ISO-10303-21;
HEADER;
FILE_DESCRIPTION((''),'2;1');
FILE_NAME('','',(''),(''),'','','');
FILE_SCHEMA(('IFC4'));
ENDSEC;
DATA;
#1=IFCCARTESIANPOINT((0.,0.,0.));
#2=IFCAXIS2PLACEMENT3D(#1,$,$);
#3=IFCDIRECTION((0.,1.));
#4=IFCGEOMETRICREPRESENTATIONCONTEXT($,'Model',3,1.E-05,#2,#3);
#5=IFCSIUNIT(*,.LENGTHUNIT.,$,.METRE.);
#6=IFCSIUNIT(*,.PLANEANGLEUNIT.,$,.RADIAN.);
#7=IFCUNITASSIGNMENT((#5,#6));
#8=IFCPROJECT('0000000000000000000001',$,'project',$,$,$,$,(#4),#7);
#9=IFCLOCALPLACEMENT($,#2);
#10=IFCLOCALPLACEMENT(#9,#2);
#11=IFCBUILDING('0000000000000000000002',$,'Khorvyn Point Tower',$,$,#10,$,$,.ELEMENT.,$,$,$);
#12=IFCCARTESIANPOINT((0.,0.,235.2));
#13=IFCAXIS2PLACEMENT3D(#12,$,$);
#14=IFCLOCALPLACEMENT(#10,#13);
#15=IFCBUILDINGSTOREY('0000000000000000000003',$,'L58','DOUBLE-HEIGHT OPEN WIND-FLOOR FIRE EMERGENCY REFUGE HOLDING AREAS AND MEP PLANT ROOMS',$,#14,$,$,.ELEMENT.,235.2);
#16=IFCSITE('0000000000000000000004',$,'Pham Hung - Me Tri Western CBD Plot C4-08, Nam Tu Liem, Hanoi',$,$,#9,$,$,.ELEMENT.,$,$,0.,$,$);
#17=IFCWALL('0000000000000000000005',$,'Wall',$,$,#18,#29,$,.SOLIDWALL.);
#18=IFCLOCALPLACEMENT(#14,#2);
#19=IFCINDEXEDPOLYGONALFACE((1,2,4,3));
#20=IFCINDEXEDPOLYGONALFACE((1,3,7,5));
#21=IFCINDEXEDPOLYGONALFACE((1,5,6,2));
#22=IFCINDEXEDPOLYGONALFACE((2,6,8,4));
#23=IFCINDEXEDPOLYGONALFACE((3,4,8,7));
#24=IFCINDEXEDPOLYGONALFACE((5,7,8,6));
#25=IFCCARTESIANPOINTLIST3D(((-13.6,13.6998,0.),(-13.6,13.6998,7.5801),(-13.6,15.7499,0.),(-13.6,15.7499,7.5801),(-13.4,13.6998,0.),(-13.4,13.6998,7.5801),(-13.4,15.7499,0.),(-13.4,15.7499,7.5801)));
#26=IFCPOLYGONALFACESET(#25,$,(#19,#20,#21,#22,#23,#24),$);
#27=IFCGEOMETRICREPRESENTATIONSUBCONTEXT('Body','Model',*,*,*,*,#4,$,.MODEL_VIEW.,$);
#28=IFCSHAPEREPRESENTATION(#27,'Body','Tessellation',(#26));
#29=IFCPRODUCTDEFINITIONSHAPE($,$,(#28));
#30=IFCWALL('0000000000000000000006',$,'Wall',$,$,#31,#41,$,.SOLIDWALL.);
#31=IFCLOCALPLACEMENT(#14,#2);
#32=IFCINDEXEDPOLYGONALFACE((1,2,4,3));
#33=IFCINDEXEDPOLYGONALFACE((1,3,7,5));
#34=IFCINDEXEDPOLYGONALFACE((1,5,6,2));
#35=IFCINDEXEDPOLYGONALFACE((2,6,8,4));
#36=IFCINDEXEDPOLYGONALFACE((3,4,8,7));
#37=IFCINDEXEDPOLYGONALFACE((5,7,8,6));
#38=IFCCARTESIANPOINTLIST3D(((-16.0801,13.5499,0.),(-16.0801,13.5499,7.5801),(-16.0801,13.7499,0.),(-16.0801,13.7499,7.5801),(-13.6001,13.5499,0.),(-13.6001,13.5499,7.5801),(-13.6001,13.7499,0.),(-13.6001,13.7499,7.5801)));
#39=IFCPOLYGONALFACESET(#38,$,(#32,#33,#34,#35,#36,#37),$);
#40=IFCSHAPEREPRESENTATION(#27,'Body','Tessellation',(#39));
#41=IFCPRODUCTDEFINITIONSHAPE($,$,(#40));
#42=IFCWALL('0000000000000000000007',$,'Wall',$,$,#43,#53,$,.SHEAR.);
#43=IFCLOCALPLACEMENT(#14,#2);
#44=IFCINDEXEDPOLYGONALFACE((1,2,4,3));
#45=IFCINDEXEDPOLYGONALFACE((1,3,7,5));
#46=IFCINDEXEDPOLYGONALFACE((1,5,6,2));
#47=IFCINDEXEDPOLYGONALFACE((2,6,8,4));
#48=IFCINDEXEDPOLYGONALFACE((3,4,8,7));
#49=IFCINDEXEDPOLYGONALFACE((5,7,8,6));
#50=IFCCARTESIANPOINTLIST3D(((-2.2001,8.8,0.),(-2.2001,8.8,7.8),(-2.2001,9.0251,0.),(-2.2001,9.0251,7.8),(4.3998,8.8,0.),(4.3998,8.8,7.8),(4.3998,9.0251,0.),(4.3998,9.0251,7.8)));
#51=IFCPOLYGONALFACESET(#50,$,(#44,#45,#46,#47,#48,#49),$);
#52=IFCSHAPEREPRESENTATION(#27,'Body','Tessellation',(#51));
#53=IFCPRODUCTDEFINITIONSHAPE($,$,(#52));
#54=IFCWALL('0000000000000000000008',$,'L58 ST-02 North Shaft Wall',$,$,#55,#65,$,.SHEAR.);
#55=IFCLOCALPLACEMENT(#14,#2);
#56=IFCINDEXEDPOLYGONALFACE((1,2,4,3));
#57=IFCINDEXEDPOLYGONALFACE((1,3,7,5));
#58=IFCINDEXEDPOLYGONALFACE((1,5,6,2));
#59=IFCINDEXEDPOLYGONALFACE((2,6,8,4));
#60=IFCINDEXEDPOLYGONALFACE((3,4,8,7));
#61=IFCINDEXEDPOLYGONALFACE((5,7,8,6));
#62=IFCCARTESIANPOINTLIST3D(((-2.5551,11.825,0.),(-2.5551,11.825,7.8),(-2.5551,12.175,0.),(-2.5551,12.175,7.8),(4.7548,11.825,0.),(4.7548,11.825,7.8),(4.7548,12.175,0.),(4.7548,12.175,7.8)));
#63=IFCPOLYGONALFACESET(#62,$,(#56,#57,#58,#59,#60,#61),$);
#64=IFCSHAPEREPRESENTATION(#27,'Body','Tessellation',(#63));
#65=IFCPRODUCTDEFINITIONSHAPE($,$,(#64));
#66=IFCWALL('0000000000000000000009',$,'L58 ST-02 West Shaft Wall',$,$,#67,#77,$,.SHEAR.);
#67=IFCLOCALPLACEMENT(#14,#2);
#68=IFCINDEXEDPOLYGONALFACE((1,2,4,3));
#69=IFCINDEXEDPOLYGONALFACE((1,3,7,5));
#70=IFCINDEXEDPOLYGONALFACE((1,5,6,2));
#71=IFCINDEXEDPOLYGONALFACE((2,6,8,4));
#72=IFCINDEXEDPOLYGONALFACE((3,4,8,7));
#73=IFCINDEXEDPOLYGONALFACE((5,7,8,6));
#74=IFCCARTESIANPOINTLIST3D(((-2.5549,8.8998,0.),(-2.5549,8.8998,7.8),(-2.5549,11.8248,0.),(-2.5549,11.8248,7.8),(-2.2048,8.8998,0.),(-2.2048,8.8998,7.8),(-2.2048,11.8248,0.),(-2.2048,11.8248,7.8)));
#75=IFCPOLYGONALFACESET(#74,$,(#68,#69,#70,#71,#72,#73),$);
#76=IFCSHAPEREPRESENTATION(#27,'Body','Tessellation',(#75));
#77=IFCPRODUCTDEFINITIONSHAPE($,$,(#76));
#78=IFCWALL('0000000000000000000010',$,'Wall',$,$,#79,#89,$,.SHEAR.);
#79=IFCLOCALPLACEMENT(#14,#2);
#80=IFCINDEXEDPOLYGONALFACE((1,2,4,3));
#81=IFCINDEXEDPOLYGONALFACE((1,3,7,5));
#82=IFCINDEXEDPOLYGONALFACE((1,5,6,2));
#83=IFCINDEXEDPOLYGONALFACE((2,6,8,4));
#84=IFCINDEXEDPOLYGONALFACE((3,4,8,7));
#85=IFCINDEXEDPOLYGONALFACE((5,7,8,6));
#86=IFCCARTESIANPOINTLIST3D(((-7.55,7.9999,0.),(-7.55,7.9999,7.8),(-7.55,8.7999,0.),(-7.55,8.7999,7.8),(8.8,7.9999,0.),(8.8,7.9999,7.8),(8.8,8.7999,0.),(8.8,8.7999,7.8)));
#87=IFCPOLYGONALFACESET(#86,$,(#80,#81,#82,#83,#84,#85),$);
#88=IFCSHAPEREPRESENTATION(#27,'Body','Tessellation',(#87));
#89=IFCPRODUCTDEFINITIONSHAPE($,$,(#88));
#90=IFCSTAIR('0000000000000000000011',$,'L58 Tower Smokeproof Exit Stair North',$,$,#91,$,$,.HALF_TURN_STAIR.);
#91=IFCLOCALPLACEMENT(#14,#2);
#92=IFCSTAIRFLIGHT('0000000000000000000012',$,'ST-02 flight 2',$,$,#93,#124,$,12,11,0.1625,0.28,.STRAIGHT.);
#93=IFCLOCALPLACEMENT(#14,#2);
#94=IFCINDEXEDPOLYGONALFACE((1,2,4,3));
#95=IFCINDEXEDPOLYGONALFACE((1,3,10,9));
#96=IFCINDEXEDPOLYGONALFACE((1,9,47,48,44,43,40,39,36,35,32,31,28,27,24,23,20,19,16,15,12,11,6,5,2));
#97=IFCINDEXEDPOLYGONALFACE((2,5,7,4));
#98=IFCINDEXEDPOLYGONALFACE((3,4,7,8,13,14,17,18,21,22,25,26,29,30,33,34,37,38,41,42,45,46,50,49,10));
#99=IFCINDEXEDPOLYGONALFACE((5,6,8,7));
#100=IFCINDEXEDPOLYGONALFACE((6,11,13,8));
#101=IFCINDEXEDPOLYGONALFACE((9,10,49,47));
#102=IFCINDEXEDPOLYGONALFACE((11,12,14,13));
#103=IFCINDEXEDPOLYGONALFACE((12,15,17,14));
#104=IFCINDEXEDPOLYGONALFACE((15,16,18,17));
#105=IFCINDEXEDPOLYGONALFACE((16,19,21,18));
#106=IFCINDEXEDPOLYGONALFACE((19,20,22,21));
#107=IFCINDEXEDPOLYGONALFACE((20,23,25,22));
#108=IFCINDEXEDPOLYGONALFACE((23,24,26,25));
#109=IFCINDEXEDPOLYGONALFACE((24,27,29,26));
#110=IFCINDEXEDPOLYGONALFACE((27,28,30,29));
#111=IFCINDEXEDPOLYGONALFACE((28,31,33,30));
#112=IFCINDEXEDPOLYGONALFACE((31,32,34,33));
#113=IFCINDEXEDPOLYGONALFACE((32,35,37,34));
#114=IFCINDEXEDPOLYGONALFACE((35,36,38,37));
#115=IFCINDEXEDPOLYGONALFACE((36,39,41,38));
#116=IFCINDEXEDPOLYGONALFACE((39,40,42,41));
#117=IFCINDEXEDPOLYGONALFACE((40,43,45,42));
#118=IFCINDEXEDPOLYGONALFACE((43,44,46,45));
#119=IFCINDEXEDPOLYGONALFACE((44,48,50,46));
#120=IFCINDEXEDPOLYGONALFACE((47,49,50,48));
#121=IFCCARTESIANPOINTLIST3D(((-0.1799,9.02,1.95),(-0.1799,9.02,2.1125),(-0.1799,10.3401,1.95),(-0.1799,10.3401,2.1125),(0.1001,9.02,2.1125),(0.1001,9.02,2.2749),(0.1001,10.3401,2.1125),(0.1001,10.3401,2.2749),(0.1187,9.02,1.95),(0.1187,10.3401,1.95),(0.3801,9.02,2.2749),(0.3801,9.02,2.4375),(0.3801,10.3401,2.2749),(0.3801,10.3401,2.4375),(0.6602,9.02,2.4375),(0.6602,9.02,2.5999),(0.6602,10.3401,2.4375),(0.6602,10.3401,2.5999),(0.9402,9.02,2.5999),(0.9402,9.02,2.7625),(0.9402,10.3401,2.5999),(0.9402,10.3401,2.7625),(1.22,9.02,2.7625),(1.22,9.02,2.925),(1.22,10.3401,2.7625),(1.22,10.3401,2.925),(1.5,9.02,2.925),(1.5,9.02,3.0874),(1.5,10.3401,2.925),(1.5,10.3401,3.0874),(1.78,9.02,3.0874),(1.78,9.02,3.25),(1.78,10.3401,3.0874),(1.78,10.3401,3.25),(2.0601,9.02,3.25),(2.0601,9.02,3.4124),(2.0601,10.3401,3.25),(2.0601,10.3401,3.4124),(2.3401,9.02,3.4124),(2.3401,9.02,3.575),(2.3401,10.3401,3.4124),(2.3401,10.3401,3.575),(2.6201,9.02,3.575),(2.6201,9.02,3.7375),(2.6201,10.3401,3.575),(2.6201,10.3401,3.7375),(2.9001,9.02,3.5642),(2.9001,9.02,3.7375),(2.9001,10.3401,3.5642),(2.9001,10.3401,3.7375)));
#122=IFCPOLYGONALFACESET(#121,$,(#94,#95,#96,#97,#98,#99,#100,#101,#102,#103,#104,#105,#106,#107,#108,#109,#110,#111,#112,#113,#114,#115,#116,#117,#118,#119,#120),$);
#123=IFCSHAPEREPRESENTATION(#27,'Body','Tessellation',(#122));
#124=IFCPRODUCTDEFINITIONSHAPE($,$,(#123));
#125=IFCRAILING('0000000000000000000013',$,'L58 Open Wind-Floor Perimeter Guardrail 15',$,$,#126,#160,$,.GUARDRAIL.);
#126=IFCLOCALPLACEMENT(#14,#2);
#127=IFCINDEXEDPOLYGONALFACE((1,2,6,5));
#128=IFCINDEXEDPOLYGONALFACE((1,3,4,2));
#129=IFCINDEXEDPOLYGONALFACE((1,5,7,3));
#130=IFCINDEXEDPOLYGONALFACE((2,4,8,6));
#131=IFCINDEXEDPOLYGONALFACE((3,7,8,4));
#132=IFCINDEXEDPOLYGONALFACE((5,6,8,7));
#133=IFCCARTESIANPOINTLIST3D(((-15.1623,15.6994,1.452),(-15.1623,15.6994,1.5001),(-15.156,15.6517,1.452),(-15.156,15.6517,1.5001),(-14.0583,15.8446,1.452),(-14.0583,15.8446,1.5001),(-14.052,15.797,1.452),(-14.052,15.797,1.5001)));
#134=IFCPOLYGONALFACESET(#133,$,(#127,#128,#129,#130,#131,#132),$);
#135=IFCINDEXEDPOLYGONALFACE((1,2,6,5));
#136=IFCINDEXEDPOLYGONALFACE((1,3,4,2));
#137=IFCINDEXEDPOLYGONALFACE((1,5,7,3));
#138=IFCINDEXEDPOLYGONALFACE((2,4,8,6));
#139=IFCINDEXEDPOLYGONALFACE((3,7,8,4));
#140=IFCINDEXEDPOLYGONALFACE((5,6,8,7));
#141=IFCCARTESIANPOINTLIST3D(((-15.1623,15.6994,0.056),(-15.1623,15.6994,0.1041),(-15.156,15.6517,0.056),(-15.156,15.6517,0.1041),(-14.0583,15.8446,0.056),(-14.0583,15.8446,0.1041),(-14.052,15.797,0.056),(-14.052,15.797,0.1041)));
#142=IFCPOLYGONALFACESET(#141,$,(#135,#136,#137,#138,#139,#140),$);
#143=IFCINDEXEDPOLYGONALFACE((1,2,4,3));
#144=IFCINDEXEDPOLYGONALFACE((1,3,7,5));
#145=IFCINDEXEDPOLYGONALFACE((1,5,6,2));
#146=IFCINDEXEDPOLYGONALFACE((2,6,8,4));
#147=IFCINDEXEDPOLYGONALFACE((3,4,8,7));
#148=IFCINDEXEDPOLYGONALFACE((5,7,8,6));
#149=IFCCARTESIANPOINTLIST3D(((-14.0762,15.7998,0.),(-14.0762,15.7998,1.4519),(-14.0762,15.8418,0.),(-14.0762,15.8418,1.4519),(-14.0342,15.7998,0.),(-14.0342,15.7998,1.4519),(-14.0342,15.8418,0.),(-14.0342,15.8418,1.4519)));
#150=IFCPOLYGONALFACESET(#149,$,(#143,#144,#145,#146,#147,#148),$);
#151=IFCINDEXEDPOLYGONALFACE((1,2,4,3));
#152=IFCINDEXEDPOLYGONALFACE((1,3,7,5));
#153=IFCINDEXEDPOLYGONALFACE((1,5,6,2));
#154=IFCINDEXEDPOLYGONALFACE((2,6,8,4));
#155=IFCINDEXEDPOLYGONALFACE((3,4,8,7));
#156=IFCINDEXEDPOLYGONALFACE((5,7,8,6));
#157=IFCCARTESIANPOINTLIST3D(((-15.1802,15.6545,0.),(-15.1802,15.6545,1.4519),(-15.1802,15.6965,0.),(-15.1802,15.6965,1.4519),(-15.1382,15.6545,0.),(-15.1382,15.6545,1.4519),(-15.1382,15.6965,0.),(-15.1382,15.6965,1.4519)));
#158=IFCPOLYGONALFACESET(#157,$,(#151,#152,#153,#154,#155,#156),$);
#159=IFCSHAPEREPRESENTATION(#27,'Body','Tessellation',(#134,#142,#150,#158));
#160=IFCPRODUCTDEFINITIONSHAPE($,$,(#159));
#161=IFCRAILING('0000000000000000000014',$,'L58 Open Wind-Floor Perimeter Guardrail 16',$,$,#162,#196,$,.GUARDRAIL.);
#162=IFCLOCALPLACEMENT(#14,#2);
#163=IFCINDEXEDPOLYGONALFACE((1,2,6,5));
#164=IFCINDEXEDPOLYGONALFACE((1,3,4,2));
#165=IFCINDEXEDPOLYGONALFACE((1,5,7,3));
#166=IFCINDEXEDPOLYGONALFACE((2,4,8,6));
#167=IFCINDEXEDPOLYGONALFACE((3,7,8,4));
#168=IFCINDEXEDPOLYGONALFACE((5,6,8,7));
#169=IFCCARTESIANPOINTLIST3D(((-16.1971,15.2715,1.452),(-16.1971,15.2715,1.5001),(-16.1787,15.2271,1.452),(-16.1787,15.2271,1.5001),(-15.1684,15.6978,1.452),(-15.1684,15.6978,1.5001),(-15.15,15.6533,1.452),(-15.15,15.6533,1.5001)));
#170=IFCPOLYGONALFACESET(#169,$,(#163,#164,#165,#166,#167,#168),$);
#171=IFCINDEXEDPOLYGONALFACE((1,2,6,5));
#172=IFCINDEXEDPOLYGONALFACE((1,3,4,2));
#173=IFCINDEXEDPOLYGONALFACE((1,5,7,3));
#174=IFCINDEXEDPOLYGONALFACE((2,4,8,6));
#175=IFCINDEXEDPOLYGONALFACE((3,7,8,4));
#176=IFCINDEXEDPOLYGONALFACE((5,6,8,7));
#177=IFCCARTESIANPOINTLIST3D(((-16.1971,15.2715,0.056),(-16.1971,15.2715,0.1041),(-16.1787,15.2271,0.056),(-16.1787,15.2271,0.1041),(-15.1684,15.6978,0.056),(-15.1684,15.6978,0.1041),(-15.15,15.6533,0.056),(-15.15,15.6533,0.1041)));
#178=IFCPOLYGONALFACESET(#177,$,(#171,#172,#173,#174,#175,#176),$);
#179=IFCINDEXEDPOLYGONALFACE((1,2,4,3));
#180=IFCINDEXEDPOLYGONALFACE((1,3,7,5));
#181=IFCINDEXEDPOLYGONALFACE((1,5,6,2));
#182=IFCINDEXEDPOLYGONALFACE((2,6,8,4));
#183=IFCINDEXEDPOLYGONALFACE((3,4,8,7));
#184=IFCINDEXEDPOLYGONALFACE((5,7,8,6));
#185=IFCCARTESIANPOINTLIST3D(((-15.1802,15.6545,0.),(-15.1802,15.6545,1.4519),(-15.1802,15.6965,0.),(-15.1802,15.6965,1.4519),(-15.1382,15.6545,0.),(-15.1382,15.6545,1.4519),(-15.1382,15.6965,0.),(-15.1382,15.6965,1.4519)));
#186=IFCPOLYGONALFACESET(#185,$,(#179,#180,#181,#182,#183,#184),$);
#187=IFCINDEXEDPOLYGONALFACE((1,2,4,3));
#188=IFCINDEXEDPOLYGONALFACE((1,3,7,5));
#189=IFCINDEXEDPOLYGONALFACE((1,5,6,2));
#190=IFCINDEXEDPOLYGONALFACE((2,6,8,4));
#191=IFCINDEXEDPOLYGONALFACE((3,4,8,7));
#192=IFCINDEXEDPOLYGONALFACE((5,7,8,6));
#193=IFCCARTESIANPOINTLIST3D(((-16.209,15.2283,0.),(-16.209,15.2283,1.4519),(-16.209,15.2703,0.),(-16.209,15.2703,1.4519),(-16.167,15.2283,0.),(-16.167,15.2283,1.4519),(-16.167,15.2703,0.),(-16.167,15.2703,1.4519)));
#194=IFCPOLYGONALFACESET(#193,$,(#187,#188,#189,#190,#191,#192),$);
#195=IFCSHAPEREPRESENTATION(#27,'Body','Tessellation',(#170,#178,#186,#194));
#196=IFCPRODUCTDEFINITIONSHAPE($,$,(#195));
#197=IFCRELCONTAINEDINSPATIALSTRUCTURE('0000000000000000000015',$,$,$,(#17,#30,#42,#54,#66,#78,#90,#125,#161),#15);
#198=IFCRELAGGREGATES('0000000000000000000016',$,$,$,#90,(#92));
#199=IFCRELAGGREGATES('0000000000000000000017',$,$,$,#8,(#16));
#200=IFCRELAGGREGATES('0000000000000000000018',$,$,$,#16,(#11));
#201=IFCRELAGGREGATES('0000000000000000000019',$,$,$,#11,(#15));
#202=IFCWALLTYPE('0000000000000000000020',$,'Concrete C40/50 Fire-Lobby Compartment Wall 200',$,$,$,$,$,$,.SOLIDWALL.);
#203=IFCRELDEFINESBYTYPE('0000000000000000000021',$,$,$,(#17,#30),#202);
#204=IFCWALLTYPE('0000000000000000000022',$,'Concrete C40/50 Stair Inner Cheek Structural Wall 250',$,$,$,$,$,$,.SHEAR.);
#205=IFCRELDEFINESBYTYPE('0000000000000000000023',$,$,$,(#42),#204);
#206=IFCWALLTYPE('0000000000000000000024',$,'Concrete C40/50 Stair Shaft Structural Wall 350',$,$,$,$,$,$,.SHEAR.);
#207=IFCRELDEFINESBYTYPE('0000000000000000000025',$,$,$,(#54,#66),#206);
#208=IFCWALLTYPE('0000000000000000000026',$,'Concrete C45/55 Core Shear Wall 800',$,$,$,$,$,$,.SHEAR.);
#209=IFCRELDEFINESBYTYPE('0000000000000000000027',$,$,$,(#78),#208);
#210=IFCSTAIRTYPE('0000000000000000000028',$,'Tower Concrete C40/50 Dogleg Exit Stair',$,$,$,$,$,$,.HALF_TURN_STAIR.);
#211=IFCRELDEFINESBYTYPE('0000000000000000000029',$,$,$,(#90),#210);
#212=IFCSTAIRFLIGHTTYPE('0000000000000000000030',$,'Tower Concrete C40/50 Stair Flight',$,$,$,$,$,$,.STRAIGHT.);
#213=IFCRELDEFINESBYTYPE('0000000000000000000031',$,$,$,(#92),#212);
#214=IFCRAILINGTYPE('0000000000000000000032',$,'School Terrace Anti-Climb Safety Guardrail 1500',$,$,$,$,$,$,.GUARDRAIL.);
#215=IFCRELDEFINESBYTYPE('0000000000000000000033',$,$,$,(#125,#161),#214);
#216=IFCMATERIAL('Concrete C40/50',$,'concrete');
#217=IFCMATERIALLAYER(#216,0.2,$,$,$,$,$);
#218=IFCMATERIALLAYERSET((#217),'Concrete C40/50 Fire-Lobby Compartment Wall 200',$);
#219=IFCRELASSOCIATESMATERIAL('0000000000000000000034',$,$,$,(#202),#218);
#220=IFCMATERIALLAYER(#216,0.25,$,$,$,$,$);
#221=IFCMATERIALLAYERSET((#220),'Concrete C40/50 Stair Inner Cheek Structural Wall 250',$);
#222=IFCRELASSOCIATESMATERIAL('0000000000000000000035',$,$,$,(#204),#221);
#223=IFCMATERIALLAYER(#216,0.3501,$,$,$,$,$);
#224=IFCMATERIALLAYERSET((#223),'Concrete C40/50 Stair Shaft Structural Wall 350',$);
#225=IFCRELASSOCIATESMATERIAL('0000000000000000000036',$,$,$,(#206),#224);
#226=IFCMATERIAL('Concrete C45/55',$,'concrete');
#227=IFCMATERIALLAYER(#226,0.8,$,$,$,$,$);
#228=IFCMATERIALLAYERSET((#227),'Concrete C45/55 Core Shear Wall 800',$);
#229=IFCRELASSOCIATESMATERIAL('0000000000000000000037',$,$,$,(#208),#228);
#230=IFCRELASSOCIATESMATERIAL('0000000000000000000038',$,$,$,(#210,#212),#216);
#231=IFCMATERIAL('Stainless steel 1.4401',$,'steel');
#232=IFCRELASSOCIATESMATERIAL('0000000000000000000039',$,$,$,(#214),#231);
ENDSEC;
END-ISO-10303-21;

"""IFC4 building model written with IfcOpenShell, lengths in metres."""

from ifc_helpers import new_model, si_unit, direction, frame, frame_2d, origin, origin_2d, place, context, subcontext, project, spatial, polyline, rectangle, outline, extrude, material, layer, layer_set, type_object, element, aggregate, save


model = new_model("IFC4")

# Units and contexts
model_context = context("Model", 3, precision=1e-05, world=origin(), true_north=direction((0.0, 1.0)))
body_context = subcontext(model_context, "Body", "Model", "MODEL_VIEW")
ifc_project = project(units=[si_unit("LENGTHUNIT", "METRE"), si_unit("PLANEANGLEUNIT", "RADIAN")], contexts=[model_context])

# Site, building, storey
site_placement = place(None, origin())
site = spatial("IfcSite", under=ifc_project, at=site_placement, Name="Pham Hung - Me Tri Western CBD Plot C4-08, Nam Tu Liem, Hanoi", CompositionType="ELEMENT", RefElevation=0.0)
building_placement = place(site_placement, origin())
building = spatial("IfcBuilding", under=site, at=building_placement, Name="Khorvyn Point Tower", CompositionType="ELEMENT")
storey_placement = place(building_placement, frame((0.0, 0.0, 235.2)))
storey = spatial("IfcBuildingStorey", under=building, at=storey_placement, Name="L58", Description="DOUBLE-HEIGHT OPEN WIND-FLOOR FIRE EMERGENCY REFUGE HOLDING AREAS AND MEP PLANT ROOMS", CompositionType="ELEMENT", Elevation=235.2)

# Shared definitions
ifc_material_1 = material(Name="Concrete C45/55", Category="concrete")

# Shared definitions
ifc_material_2 = material(Name="Concrete C40/50", Category="concrete")
ifc_layer_1 = layer(ifc_material_2, 0.2)
ifc_layer_set_1 = layer_set([ifc_layer_1], Name="Concrete C40/50 Fire-Lobby Compartment Wall 200")
wall_type_1 = type_object("IfcWallType", Name="Concrete C40/50 Fire-Lobby Compartment Wall 200", PredefinedType="SOLIDWALL", material=ifc_layer_set_1)

# Walls
wall_1_placement = place(storey_placement, frame((-13.5, 13.7, 0.0), z_axis=(0.0, 0.0, 1.0), x_axis=(0.0, 1.0, 0.0)))
element("IfcWall", 1, at=wall_1_placement, inside=storey, type_object=wall_type_1, Name="Wall", PredefinedType="SOLIDWALL", context=body_context, shape_type="SweptSolid", body=[
    extrude(rectangle(XDim=2.05, YDim=0.2, at=frame_2d((1.0249, 0.0))), origin(), (0.0, 0.0, 1.0), 7.5801),
])
wall_2_placement = place(storey_placement, frame((-16.0801, 13.6499, 0.0), z_axis=(0.0, 0.0, 1.0), x_axis=(1.0, 0.0, 0.0)))
element("IfcWall", 2, at=wall_2_placement, inside=storey, type_object=wall_type_1, Name="Wall", PredefinedType="SOLIDWALL", context=body_context, shape_type="SweptSolid", body=[
    extrude(rectangle(XDim=2.48, YDim=0.2, at=frame_2d((1.24, 0.0))), origin(), (0.0, 0.0, 1.0), 7.5801),
])
ifc_layer_2 = layer(ifc_material_2, 0.25)
ifc_layer_set_2 = layer_set([ifc_layer_2], Name="Concrete C40/50 Stair Inner Cheek Structural Wall 250")
wall_type_2 = type_object("IfcWallType", Name="Concrete C40/50 Stair Inner Cheek Structural Wall 250", PredefinedType="SHEAR", material=ifc_layer_set_2)
wall_3_placement = place(storey_placement, frame((-2.2, 8.9126, 0.0), z_axis=(0.0, 0.0, 1.0), x_axis=(1.0, 0.0, 0.0)))
element("IfcWall", 3, at=wall_3_placement, inside=storey, type_object=wall_type_2, Name="Wall", PredefinedType="SHEAR", context=body_context, shape_type="SweptSolid", body=[
    extrude(rectangle(XDim=6.5999, YDim=0.2251, at=frame_2d((3.2998, 0.0))), origin(), (0.0, 0.0, 1.0), 7.8),
])
ifc_layer_3 = layer(ifc_material_2, 0.3501)
ifc_layer_set_3 = layer_set([ifc_layer_3], Name="Concrete C40/50 Stair Shaft Structural Wall 350")
wall_type_3 = type_object("IfcWallType", Name="Concrete C40/50 Stair Shaft Structural Wall 350", PredefinedType="SHEAR", material=ifc_layer_set_3)
wall_4_placement = place(storey_placement, frame((-2.5549, 12.0, 0.0), z_axis=(0.0, 0.0, 1.0), x_axis=(1.0, 0.0, 0.0)))
element("IfcWall", 4, at=wall_4_placement, inside=storey, type_object=wall_type_3, Name="L58 ST-02 North Shaft Wall", PredefinedType="SHEAR", context=body_context, shape_type="SweptSolid", body=[
    extrude(rectangle(XDim=7.3098, YDim=0.3501, at=frame_2d((3.6548, 0.0))), origin(), (0.0, 0.0, 1.0), 7.8),
])
wall_5_placement = place(storey_placement, frame((-2.3799, 8.8999, 0.0), z_axis=(0.0, 0.0, 1.0), x_axis=(0.0, 1.0, 0.0)))
element("IfcWall", 5, at=wall_5_placement, inside=storey, type_object=wall_type_3, Name="L58 ST-02 West Shaft Wall", PredefinedType="SHEAR", context=body_context, shape_type="SweptSolid", body=[
    extrude(rectangle(XDim=2.925, YDim=0.3501, at=frame_2d((1.4624, 0.0))), origin(), (0.0, 0.0, 1.0), 7.8),
])
ifc_layer_4 = layer(ifc_material_1, 0.8)
ifc_layer_set_4 = layer_set([ifc_layer_4], Name="Concrete C45/55 Core Shear Wall 800")
wall_type_4 = type_object("IfcWallType", Name="Concrete C45/55 Core Shear Wall 800", PredefinedType="SHEAR", material=ifc_layer_set_4)
wall_6_placement = place(storey_placement, frame((-7.55, 8.3999, 0.0), z_axis=(0.0, 0.0, 1.0), x_axis=(1.0, 0.0, 0.0)))
element("IfcWall", 6, at=wall_6_placement, inside=storey, type_object=wall_type_4, Name="Wall", PredefinedType="SHEAR", context=body_context, shape_type="SweptSolid", body=[
    extrude(rectangle(XDim=16.3501, YDim=0.8, at=frame_2d((8.175, 0.0))), origin(), (0.0, 0.0, 1.0), 7.8),
])

# Stair, stair flight
stair_type = type_object("IfcStairType", Name="Tower Concrete C40/50 Dogleg Exit Stair", PredefinedType="HALF_TURN_STAIR", material=ifc_material_2)
stair_placement = place(storey_placement, origin())
stair = element("IfcStair", 7, at=stair_placement, inside=storey, type_object=stair_type, Name="L58 Tower Smokeproof Exit Stair North", PredefinedType="HALF_TURN_STAIR")
stair_flight_type = type_object("IfcStairFlightType", Name="Tower Concrete C40/50 Stair Flight", PredefinedType="STRAIGHT", material=ifc_material_2)
stair_flight_placement = place(storey_placement, frame((-0.1799, 9.6799, 1.95), z_axis=(0.0, 0.0, 1.0), x_axis=(1.0, 0.0, 0.0)))
stair_flight = element("IfcStairFlight", 8, at=stair_flight_placement, type_object=stair_flight_type, Name="ST-02 flight 2", NumberOfRisers=12, NumberOfTreads=11, PredefinedType="STRAIGHT", RiserHeight=0.1625, TreadLength=0.28, context=body_context, shape_type="SweptSolid", body=[
    extrude(outline(polyline([(0.0, 0.0), (0.0, 0.1626), (0.28, 0.1626), (0.28, 0.325), (0.5601, 0.325), (0.5601, 0.4875), (0.8401, 0.4875), (0.8401, 0.6499), (1.1201, 0.6499), (1.1201, 0.8125), (1.3999, 0.8125), (1.3999, 0.9751), (1.6799, 0.9751), (1.6799, 1.1375), (1.96, 1.1375), (1.96, 1.3), (2.24, 1.3), (2.24, 1.4624), (2.52, 1.4624), (2.52, 1.625), (2.8, 1.625), (2.8, 1.7876), (3.0801, 1.7876), (3.0801, 1.95), (3.0801, 1.6143), (0.2986, 0.0), (0.0, 0.0)])), frame((0.0, 0.6602, 0.0), z_axis=(0.0, -1.0, 0.0), x_axis=(1.0, 0.0, 0.0)), (0.0, 0.0, 1.0), 1.3201),
])
aggregate(stair, [stair_flight])

# Railings
ifc_material_3 = material(Name="Stainless steel 1.4401", Category="steel")
railing_type_1 = type_object("IfcRailingType", Name="School Terrace Anti-Climb Safety Guardrail 1500", PredefinedType="GUARDRAIL", material=ifc_material_3)
railing_1_placement = place(storey_placement, frame((-14.0552, 15.8208, 0.0)))
element("IfcRailing", 9, at=railing_1_placement, inside=storey, type_object=railing_type_1, Name="L58 Open Wind-Floor Perimeter Guardrail 15", PredefinedType="GUARDRAIL", context=body_context, shape_type="SweptSolid", body=[
    extrude(rectangle(XDim=0.0481, YDim=0.0481, at=origin_2d()), frame((0.0, 0.0, 1.4761), z_axis=(-0.991454, -0.130455, 0.0), x_axis=(0.130455, -0.991454, 0.0)), (0.0, 0.0, 1.0), 1.1135),
    extrude(rectangle(XDim=0.0481, YDim=0.0481, at=origin_2d()), frame((0.0, 0.0, 0.0801), z_axis=(-0.991454, -0.130455, 0.0), x_axis=(0.130455, -0.991454, 0.0)), (0.0, 0.0, 1.0), 1.1135),
    extrude(rectangle(XDim=0.042, YDim=0.042, at=origin_2d()), origin(), (0.0, 0.0, 1.0), 1.4519),
    extrude(rectangle(XDim=0.042, YDim=0.042, at=origin_2d()), frame((-1.104, -0.1453, 0.0)), (0.0, 0.0, 1.0), 1.4519),
])
railing_2_placement = place(storey_placement, frame((-15.1592, 15.6755, 0.0)))
element("IfcRailing", 10, at=railing_2_placement, inside=storey, type_object=railing_type_1, Name="L58 Open Wind-Floor Perimeter Guardrail 16", PredefinedType="GUARDRAIL", context=body_context, shape_type="SweptSolid", body=[
    extrude(rectangle(XDim=0.0481, YDim=0.0481, at=origin_2d()), frame((0.0, 0.0, 1.4761), z_axis=(-0.92384, -0.382778, 0.0), x_axis=(0.382778, -0.92384, 0.0)), (0.0, 0.0, 1.0), 1.1135),
    extrude(rectangle(XDim=0.0481, YDim=0.0481, at=origin_2d()), frame((0.0, 0.0, 0.0801), z_axis=(-0.92384, -0.382778, 0.0), x_axis=(0.382778, -0.92384, 0.0)), (0.0, 0.0, 1.0), 1.1135),
    extrude(rectangle(XDim=0.042, YDim=0.042, at=origin_2d()), origin(), (0.0, 0.0, 1.0), 1.4519),
    extrude(rectangle(XDim=0.042, YDim=0.042, at=origin_2d()), frame((-1.0288, -0.4263, 0.0)), (0.0, 0.0, 1.0), 1.4519),
])

save(model, "model.ifc")
